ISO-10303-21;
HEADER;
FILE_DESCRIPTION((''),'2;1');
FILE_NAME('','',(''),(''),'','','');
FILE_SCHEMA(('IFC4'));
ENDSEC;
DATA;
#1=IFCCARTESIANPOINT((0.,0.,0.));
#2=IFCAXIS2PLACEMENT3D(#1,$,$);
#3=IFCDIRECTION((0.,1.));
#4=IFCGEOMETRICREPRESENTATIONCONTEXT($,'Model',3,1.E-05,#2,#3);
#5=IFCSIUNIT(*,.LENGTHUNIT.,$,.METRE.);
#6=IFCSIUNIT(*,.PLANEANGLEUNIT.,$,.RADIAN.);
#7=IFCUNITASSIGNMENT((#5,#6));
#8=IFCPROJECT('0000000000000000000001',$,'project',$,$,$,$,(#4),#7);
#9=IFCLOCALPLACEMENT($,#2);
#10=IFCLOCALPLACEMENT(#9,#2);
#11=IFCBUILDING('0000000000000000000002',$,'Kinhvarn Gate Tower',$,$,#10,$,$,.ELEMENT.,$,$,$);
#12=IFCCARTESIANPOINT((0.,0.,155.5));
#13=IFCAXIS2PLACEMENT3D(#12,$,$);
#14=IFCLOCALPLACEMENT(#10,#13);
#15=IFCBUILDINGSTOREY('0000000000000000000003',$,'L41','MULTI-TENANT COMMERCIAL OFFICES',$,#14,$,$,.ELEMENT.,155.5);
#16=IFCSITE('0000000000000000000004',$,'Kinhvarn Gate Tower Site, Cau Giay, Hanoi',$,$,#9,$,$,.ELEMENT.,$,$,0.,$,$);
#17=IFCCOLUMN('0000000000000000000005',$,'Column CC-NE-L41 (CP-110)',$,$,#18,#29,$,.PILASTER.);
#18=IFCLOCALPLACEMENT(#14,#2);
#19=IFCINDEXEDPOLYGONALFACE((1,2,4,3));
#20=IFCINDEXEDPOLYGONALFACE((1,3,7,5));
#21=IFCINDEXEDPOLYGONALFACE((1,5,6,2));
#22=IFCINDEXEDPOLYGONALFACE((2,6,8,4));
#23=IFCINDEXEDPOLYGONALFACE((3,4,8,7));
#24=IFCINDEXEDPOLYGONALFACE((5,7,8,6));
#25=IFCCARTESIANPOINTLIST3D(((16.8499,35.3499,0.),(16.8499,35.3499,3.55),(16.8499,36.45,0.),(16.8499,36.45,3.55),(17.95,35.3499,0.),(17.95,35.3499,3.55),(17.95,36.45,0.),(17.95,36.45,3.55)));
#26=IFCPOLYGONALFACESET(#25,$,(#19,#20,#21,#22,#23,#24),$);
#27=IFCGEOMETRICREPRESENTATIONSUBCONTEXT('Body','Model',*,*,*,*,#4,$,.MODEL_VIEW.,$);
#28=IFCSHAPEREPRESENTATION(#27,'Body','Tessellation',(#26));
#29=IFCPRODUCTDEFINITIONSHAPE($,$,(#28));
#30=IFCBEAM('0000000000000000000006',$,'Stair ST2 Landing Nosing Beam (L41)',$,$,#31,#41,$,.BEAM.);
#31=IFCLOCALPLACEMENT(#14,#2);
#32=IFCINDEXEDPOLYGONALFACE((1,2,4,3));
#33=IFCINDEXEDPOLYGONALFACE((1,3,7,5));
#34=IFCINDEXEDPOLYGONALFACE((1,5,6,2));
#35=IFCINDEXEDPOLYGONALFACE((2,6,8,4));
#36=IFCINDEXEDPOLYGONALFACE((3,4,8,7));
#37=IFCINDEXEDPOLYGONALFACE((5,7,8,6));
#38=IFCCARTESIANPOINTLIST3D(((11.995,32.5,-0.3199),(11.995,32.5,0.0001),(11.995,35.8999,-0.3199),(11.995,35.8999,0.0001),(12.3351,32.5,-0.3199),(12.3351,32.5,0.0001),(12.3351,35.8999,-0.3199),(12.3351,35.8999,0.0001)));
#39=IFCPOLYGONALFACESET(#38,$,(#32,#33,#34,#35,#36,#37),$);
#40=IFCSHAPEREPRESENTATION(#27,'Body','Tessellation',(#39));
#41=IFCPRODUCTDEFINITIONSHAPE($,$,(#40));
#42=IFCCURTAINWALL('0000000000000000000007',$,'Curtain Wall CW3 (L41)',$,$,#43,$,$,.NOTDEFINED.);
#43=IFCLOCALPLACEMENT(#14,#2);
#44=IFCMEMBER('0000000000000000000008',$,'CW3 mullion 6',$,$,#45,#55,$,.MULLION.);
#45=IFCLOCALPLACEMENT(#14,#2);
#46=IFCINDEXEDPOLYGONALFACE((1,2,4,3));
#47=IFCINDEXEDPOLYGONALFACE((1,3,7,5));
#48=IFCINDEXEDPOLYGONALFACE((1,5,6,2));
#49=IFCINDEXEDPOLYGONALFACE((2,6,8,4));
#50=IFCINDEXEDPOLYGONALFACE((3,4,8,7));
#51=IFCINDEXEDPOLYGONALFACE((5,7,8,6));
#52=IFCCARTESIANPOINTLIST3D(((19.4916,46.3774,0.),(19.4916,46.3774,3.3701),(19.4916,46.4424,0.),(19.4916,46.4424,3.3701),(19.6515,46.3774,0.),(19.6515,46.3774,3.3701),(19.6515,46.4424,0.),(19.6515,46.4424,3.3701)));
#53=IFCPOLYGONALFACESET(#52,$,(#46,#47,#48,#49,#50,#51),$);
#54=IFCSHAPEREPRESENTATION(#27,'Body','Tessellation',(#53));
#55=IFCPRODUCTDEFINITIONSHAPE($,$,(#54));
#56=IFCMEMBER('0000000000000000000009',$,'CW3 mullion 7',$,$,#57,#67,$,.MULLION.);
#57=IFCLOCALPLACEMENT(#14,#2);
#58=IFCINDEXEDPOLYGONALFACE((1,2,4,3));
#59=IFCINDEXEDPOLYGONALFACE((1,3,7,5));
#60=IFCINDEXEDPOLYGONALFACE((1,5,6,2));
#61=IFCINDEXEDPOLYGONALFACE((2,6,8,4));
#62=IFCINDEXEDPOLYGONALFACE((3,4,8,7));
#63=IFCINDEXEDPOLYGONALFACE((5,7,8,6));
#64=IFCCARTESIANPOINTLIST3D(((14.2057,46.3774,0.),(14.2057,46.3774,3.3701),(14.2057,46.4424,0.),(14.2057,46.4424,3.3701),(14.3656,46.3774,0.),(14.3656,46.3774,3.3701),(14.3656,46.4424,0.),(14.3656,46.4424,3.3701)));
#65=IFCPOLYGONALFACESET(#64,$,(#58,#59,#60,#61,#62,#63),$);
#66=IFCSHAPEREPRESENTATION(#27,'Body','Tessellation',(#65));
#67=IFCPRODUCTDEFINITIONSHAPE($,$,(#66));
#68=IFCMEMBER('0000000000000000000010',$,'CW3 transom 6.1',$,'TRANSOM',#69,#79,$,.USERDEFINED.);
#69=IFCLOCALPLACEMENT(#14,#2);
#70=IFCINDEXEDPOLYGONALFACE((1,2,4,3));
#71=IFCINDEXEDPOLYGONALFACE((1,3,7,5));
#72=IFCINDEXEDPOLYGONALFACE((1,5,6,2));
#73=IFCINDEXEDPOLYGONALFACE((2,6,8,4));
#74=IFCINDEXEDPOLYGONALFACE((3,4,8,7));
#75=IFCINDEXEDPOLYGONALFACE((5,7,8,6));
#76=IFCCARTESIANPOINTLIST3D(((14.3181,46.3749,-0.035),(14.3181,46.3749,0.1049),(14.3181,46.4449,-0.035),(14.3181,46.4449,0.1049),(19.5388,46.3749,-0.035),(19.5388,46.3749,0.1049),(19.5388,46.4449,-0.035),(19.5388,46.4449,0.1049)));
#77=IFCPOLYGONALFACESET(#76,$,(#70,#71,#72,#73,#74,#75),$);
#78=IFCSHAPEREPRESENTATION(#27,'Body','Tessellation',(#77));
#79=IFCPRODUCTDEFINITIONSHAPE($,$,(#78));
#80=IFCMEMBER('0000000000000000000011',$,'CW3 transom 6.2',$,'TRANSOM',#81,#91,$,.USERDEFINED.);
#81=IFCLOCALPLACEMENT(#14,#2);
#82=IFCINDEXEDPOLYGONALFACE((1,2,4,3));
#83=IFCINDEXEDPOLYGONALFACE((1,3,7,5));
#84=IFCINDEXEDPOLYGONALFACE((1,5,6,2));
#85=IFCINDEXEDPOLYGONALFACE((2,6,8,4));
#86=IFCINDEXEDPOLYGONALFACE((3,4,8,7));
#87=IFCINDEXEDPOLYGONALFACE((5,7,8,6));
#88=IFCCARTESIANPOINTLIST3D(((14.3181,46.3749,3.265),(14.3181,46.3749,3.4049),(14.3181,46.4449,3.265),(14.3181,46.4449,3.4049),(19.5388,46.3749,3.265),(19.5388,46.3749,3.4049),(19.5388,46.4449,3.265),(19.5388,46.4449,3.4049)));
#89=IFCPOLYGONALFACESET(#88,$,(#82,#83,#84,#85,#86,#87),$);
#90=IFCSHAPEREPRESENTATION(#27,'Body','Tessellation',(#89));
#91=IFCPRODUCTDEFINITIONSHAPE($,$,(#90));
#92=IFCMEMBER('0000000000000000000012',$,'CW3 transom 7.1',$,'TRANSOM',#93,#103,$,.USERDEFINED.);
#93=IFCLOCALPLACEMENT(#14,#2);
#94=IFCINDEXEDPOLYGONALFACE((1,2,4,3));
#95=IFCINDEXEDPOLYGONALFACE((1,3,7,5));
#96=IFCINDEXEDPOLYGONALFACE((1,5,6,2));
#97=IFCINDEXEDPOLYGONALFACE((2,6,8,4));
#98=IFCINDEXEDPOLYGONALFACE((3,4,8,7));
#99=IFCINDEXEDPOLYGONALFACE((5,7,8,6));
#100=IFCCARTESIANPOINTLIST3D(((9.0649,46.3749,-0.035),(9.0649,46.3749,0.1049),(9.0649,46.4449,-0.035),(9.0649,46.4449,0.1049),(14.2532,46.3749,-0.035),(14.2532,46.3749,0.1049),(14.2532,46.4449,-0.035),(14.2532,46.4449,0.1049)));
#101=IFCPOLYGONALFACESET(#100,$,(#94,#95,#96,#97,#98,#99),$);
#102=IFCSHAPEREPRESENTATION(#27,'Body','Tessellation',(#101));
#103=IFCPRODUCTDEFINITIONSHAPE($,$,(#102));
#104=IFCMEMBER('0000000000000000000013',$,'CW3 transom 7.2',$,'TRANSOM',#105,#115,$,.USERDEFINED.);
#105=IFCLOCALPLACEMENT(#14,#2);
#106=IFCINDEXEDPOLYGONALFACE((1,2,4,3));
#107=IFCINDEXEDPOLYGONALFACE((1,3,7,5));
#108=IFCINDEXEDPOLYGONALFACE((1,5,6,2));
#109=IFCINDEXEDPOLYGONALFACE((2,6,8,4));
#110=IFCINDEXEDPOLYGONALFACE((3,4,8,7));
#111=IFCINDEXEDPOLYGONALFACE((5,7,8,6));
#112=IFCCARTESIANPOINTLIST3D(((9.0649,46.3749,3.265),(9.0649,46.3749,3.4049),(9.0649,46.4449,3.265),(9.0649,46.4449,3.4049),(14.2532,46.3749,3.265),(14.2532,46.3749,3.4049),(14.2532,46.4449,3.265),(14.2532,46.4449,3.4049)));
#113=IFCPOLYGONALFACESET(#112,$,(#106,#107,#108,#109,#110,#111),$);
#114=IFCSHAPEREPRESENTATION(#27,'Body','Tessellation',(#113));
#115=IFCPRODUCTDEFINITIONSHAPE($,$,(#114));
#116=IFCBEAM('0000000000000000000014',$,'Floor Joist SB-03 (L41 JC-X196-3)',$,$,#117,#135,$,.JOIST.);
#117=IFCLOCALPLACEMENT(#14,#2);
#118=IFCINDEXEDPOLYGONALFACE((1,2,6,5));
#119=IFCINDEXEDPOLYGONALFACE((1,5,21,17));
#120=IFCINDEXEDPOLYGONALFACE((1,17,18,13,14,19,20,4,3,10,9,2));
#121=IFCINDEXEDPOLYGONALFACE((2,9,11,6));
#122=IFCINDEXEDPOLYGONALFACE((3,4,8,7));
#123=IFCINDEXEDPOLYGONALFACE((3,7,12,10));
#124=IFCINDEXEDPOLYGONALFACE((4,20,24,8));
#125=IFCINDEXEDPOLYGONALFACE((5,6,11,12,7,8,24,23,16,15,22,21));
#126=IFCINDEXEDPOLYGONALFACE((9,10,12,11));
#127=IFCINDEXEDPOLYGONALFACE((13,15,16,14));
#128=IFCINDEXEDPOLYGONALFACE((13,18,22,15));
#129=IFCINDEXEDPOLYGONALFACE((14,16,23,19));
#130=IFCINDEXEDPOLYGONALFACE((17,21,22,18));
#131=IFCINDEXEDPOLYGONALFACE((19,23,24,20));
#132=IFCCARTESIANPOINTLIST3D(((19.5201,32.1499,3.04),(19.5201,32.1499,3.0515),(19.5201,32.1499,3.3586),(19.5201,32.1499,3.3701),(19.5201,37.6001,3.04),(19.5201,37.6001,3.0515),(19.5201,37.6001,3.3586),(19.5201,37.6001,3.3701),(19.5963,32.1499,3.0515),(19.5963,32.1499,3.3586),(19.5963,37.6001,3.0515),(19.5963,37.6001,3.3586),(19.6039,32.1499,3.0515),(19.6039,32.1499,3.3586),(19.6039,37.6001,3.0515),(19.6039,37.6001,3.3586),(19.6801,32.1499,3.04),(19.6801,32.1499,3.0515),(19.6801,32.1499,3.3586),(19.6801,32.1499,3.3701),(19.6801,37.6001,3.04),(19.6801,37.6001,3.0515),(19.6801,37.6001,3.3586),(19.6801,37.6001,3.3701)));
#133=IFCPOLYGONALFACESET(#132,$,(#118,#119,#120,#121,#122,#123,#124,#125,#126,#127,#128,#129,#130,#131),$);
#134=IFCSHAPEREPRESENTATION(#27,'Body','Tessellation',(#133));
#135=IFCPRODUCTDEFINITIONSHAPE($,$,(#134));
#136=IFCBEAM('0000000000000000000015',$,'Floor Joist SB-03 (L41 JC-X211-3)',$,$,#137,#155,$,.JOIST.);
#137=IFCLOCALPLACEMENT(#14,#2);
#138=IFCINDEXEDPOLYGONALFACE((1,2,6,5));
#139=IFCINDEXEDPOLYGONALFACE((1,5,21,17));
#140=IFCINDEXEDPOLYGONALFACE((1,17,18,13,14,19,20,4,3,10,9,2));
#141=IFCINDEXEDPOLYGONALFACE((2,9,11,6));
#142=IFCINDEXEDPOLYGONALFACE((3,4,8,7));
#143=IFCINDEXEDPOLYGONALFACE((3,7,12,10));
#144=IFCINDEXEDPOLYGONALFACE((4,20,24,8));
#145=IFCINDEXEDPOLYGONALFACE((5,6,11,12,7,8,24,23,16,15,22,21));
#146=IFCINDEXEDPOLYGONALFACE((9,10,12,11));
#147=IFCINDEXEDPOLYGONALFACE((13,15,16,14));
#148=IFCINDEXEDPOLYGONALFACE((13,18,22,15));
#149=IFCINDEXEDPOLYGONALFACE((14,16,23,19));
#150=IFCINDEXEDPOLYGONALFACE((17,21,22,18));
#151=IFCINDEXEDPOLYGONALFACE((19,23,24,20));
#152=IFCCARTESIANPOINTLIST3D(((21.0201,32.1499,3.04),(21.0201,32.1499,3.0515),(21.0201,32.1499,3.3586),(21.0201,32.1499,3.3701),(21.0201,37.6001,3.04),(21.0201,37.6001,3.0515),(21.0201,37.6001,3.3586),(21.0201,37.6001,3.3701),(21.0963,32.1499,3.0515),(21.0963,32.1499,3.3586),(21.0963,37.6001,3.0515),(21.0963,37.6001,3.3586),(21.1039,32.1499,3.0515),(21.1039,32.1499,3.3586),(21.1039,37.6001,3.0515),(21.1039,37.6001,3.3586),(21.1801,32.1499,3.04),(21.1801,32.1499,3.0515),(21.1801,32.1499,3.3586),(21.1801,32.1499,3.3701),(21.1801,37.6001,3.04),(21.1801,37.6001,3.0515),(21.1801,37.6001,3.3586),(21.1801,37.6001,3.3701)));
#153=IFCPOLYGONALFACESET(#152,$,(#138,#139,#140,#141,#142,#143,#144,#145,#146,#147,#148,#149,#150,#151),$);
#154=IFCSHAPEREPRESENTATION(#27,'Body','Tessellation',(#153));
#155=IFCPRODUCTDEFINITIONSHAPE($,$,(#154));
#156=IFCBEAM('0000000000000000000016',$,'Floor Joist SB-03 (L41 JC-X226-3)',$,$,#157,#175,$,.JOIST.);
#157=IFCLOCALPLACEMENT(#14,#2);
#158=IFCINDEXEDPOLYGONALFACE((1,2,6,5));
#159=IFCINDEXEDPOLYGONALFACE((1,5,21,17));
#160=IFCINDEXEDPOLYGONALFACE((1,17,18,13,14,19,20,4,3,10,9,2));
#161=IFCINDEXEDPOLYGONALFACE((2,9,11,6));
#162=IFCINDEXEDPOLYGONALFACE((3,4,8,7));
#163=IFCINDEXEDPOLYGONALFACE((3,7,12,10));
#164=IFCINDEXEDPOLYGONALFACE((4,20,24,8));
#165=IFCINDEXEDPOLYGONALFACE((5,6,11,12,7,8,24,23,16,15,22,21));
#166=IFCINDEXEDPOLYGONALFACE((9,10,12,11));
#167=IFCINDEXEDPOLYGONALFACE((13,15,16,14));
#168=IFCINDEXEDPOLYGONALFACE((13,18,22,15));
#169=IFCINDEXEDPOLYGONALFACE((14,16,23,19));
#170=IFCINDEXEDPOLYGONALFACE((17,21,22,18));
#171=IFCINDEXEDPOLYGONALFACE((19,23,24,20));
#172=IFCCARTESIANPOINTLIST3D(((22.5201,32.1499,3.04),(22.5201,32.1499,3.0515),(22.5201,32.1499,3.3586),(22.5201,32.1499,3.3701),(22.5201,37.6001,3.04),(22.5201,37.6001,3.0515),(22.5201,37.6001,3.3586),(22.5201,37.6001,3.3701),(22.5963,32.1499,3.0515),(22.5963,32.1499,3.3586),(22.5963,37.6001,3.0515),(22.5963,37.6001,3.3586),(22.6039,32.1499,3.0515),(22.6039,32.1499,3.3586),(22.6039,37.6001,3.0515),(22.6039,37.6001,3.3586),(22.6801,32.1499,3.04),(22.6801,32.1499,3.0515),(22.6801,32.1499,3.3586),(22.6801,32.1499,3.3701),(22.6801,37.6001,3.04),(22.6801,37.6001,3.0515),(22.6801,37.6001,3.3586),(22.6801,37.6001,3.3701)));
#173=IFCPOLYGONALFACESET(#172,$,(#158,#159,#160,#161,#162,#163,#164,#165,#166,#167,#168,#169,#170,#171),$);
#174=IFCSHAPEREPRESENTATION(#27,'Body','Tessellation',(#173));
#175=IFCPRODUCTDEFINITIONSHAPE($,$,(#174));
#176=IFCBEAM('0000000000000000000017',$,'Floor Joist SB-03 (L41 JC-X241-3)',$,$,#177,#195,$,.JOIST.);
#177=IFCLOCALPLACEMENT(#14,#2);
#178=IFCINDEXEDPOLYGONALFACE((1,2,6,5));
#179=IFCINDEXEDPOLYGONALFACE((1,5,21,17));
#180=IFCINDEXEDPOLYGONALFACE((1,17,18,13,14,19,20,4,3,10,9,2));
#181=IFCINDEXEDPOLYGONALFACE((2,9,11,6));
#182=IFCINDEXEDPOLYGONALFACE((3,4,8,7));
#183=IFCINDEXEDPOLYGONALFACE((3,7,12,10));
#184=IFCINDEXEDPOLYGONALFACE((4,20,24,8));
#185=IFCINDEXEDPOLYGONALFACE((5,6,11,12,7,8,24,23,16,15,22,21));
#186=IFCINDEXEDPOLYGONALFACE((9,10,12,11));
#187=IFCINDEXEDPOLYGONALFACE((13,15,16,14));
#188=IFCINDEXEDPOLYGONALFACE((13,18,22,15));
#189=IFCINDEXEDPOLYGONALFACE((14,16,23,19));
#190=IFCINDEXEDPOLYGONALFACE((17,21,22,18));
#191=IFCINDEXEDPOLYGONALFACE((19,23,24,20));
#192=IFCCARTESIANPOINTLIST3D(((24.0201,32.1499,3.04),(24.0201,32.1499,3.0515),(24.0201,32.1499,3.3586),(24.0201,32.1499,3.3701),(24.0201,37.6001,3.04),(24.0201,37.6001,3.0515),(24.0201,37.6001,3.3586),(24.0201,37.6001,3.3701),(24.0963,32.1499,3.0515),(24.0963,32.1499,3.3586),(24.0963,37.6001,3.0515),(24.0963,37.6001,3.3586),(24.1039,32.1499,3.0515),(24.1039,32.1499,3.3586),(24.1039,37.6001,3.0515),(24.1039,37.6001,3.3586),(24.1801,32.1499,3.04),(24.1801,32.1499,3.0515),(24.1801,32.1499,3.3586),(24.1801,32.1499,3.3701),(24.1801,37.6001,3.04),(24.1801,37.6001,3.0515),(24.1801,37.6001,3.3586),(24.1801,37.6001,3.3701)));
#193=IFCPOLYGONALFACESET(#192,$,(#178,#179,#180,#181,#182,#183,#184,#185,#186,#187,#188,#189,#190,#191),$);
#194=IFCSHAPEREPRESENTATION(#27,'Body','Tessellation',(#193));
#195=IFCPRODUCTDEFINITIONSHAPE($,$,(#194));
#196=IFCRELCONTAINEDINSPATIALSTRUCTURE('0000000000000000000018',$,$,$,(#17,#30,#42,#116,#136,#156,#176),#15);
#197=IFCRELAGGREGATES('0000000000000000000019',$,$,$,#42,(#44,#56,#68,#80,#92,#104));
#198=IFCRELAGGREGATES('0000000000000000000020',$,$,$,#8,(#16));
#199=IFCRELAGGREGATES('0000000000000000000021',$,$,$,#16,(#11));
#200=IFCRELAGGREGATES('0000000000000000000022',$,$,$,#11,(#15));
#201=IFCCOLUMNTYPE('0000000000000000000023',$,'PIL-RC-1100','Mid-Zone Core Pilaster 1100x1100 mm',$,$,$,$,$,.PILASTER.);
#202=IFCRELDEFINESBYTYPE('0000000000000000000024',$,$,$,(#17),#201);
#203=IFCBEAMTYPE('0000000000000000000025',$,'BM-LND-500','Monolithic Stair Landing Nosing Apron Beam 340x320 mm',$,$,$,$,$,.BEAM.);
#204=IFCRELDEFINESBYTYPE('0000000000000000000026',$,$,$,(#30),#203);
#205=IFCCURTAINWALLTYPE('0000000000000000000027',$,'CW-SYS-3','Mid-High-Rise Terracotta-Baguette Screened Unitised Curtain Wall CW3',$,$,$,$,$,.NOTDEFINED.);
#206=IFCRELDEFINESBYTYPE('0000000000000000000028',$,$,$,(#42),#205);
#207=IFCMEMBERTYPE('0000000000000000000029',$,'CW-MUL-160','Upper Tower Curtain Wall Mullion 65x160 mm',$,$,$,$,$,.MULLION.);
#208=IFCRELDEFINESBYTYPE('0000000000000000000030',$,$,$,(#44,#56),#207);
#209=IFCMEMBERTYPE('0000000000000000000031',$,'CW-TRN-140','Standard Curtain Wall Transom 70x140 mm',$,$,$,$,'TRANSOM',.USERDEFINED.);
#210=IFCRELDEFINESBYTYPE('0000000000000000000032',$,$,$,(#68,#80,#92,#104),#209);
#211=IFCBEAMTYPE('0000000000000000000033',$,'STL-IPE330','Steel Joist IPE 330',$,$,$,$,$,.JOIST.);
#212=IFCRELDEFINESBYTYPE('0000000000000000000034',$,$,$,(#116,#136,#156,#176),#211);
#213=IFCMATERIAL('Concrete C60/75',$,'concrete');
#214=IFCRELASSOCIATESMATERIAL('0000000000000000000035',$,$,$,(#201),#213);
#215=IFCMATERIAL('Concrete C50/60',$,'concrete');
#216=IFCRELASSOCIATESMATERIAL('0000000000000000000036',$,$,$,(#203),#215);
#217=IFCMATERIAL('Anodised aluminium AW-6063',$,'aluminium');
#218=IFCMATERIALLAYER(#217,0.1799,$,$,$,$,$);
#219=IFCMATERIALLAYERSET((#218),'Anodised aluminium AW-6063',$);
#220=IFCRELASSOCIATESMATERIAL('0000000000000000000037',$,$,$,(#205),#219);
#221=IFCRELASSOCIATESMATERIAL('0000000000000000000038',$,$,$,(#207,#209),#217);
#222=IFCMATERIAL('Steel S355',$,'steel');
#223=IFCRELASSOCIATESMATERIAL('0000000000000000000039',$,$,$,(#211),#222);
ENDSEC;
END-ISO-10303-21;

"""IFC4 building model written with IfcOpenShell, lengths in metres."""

from ifc_helpers import new_model, si_unit, direction, frame, origin, origin_2d, place, context, subcontext, project, spatial, rectangle, i_section, extrude, material, layer, layer_set, material_profile, profile_set, type_object, element, aggregate, save


model = new_model("IFC4")

# Units and contexts
model_context = context("Model", 3, precision=1e-05, world=origin(), true_north=direction((0.0, 1.0)))
body_context = subcontext(model_context, "Body", "Model", "MODEL_VIEW")
ifc_project = project(units=[si_unit("LENGTHUNIT", "METRE"), si_unit("PLANEANGLEUNIT", "RADIAN")], contexts=[model_context])

# Site, building, storey
site_placement = place(None, origin())
site = spatial("IfcSite", under=ifc_project, at=site_placement, Name="Kinhvarn Gate Tower Site, Cau Giay, Hanoi", CompositionType="ELEMENT", RefElevation=0.0)
building_placement = place(site_placement, origin())
building = spatial("IfcBuilding", under=site, at=building_placement, Name="Kinhvarn Gate Tower", CompositionType="ELEMENT")
storey_placement = place(building_placement, frame((0.0, 0.0, 155.5)))
storey = spatial("IfcBuildingStorey", under=building, at=storey_placement, Name="L41", Description="MULTI-TENANT COMMERCIAL OFFICES", CompositionType="ELEMENT", Elevation=155.5)

# Column
ifc_material_1 = material(Name="Concrete C60/75", Category="concrete")
ifc_material_profile_1 = material_profile(ifc_material_1, rectangle(XDim=1.1001, YDim=1.1001, at=origin_2d()), Name="RC 1100x1100")
ifc_profile_set_1 = profile_set([ifc_material_profile_1], Name="Concrete C60/75")
column_type = type_object("IfcColumnType", Name="PIL-RC-1100", Description="Mid-Zone Core Pilaster 1100x1100 mm", PredefinedType="PILASTER", material=ifc_profile_set_1)
column_placement = place(storey_placement, frame((17.3999, 35.8999, 0.0), z_axis=(0.0, 0.0, 1.0), x_axis=(1.0, 0.0, 0.0)))
element("IfcColumn", 1, at=column_placement, inside=storey, type_object=column_type, Name="Column CC-NE-L41 (CP-110)", PredefinedType="PILASTER", context=body_context, shape_type="SweptSolid", body=[
    extrude(rectangle(XDim=1.1001, YDim=1.1001, at=origin_2d()), origin(), (0.0, 0.0, 1.0), 3.55),
])

# Beam
ifc_material_2 = material(Name="Concrete C50/60", Category="concrete")
ifc_material_profile_2 = material_profile(ifc_material_2, rectangle(XDim=0.3401, YDim=0.3201, at=origin_2d()), Name="RC 340x320")
ifc_profile_set_2 = profile_set([ifc_material_profile_2], Name="Concrete C50/60")
beam_type_1 = type_object("IfcBeamType", Name="BM-LND-500", Description="Monolithic Stair Landing Nosing Apron Beam 340x320 mm", PredefinedType="BEAM", material=ifc_profile_set_2)
beam_placement = place(storey_placement, frame((12.165, 32.5, -0.1599), z_axis=(0.0, 1.0, 0.0), x_axis=(-1.0, 0.0, 0.0)))
element("IfcBeam", 2, at=beam_placement, inside=storey, type_object=beam_type_1, Name="Stair ST2 Landing Nosing Beam (L41)", PredefinedType="BEAM", context=body_context, shape_type="SweptSolid", body=[
    extrude(rectangle(XDim=0.3401, YDim=0.3201, at=origin_2d()), origin(), (0.0, 0.0, 1.0), 3.3999),
])

# Curtain wall, members
ifc_material_3 = material(Name="Anodised aluminium AW-6063", Category="aluminium")
ifc_layer_1 = layer(ifc_material_3, 0.1799)
ifc_layer_set_1 = layer_set([ifc_layer_1], Name="Anodised aluminium AW-6063")
curtain_wall_type = type_object("IfcCurtainWallType", Name="CW-SYS-3", Description="Mid-High-Rise Terracotta-Baguette Screened Unitised Curtain Wall CW3", PredefinedType="NOTDEFINED", material=ifc_layer_set_1)
curtain_wall_placement = place(storey_placement, origin())
curtain_wall = element("IfcCurtainWall", 3, at=curtain_wall_placement, inside=storey, type_object=curtain_wall_type, Name="Curtain Wall CW3 (L41)", PredefinedType="NOTDEFINED")
ifc_material_profile_3 = material_profile(ifc_material_3, rectangle(XDim=0.0649, YDim=0.1599, at=origin_2d()), Name="ALU 65x160")
ifc_profile_set_3 = profile_set([ifc_material_profile_3], Name="Anodised aluminium AW-6063")
member_type_1 = type_object("IfcMemberType", Name="CW-MUL-160", Description="Upper Tower Curtain Wall Mullion 65x160 mm", PredefinedType="MULLION", material=ifc_profile_set_3)
member_1_placement = place(storey_placement, frame((19.5715, 46.4099, 0.0), z_axis=(0.0, 0.0, 1.0), x_axis=(0.0, -1.0, 0.0)))
member_1 = element("IfcMember", 4, at=member_1_placement, type_object=member_type_1, Name="CW3 mullion 6", PredefinedType="MULLION", context=body_context, shape_type="SweptSolid", body=[
    extrude(rectangle(XDim=0.0649, YDim=0.1599, at=origin_2d()), origin(), (0.0, 0.0, 1.0), 3.3701),
])
member_2_placement = place(storey_placement, frame((14.2856, 46.4099, 0.0), z_axis=(0.0, 0.0, 1.0), x_axis=(0.0, -1.0, 0.0)))
member_2 = element("IfcMember", 5, at=member_2_placement, type_object=member_type_1, Name="CW3 mullion 7", PredefinedType="MULLION", context=body_context, shape_type="SweptSolid", body=[
    extrude(rectangle(XDim=0.0649, YDim=0.1599, at=origin_2d()), origin(), (0.0, 0.0, 1.0), 3.3701),
])
ifc_material_profile_4 = material_profile(ifc_material_3, rectangle(XDim=0.0701, YDim=0.1399, at=origin_2d()), Name="ALU 70x140")
ifc_profile_set_4 = profile_set([ifc_material_profile_4], Name="Anodised aluminium AW-6063")
member_type_2 = type_object("IfcMemberType", Name="CW-TRN-140", Description="Standard Curtain Wall Transom 70x140 mm", ElementType="TRANSOM", PredefinedType="USERDEFINED", material=ifc_profile_set_4)
member_3_placement = place(storey_placement, frame((19.5388, 46.4099, 0.0349), z_axis=(-1.0, 0.0, 0.0), x_axis=(0.0, -1.0, 0.0)))
member_3 = element("IfcMember", 6, at=member_3_placement, type_object=member_type_2, Name="CW3 transom 6.1", ObjectType="TRANSOM", PredefinedType="USERDEFINED", context=body_context, shape_type="SweptSolid", body=[
    extrude(rectangle(XDim=0.0701, YDim=0.1399, at=origin_2d()), origin(), (0.0, 0.0, 1.0), 5.2207),
])
member_4_placement = place(storey_placement, frame((19.5388, 46.4099, 3.335), z_axis=(-1.0, 0.0, 0.0), x_axis=(0.0, -1.0, 0.0)))
member_4 = element("IfcMember", 7, at=member_4_placement, type_object=member_type_2, Name="CW3 transom 6.2", ObjectType="TRANSOM", PredefinedType="USERDEFINED", context=body_context, shape_type="SweptSolid", body=[
    extrude(rectangle(XDim=0.0701, YDim=0.1399, at=origin_2d()), origin(), (0.0, 0.0, 1.0), 5.2207),
])
member_5_placement = place(storey_placement, frame((14.2532, 46.4099, 0.0349), z_axis=(-1.0, 0.0, 0.0), x_axis=(0.0, -1.0, 0.0)))
member_5 = element("IfcMember", 8, at=member_5_placement, type_object=member_type_2, Name="CW3 transom 7.1", ObjectType="TRANSOM", PredefinedType="USERDEFINED", context=body_context, shape_type="SweptSolid", body=[
    extrude(rectangle(XDim=0.0701, YDim=0.1399, at=origin_2d()), origin(), (0.0, 0.0, 1.0), 5.1882),
])
member_6_placement = place(storey_placement, frame((14.2532, 46.4099, 3.335), z_axis=(-1.0, 0.0, 0.0), x_axis=(0.0, -1.0, 0.0)))
member_6 = element("IfcMember", 9, at=member_6_placement, type_object=member_type_2, Name="CW3 transom 7.2", ObjectType="TRANSOM", PredefinedType="USERDEFINED", context=body_context, shape_type="SweptSolid", body=[
    extrude(rectangle(XDim=0.0701, YDim=0.1399, at=origin_2d()), origin(), (0.0, 0.0, 1.0), 5.1882),
])

# Beams
ifc_material_4 = material(Name="Steel S355", Category="steel")
ifc_material_profile_5 = material_profile(ifc_material_4, i_section(OverallWidth=0.1599, OverallDepth=0.3301, WebThickness=0.0076, FlangeThickness=0.0115, at=origin_2d()), Name="IPE 330")
ifc_profile_set_5 = profile_set([ifc_material_profile_5], Name="Steel S355")
beam_type_2 = type_object("IfcBeamType", Name="STL-IPE330", Description="Steel Joist IPE 330", PredefinedType="JOIST", material=ifc_profile_set_5)
for number, where, z_axis, x_axis, name in (
    (10, (19.6001, 32.1499, 3.2051), (0.0, 1.0, 0.0), (-1.0, 0.0, 0.0), "Floor Joist SB-03 (L41 JC-X196-3)"),
    (11, (21.1001, 32.1499, 3.2051), (0.0, 1.0, 0.0), (-1.0, 0.0, 0.0), "Floor Joist SB-03 (L41 JC-X211-3)"),
    (12, (22.6001, 32.1499, 3.2051), (0.0, 1.0, 0.0), (-1.0, 0.0, 0.0), "Floor Joist SB-03 (L41 JC-X226-3)"),
    (13, (24.1001, 32.1499, 3.2051), (0.0, 1.0, 0.0), (-1.0, 0.0, 0.0), "Floor Joist SB-03 (L41 JC-X241-3)"),
):
    element("IfcBeam", number, at=place(storey_placement, frame(where, z_axis=z_axis, x_axis=x_axis)), inside=storey, type_object=beam_type_2, Name=name, PredefinedType="JOIST", context=body_context, shape_type="SweptSolid", body=[
        extrude(i_section(OverallWidth=0.1599, OverallDepth=0.3301, WebThickness=0.0076, FlangeThickness=0.0115, at=origin_2d()), origin(), (0.0, 0.0, 1.0), 5.4502),
    ])

aggregate(curtain_wall, [member_1, member_2, member_3, member_4, member_5, member_6])

save(model, "model.ifc")
